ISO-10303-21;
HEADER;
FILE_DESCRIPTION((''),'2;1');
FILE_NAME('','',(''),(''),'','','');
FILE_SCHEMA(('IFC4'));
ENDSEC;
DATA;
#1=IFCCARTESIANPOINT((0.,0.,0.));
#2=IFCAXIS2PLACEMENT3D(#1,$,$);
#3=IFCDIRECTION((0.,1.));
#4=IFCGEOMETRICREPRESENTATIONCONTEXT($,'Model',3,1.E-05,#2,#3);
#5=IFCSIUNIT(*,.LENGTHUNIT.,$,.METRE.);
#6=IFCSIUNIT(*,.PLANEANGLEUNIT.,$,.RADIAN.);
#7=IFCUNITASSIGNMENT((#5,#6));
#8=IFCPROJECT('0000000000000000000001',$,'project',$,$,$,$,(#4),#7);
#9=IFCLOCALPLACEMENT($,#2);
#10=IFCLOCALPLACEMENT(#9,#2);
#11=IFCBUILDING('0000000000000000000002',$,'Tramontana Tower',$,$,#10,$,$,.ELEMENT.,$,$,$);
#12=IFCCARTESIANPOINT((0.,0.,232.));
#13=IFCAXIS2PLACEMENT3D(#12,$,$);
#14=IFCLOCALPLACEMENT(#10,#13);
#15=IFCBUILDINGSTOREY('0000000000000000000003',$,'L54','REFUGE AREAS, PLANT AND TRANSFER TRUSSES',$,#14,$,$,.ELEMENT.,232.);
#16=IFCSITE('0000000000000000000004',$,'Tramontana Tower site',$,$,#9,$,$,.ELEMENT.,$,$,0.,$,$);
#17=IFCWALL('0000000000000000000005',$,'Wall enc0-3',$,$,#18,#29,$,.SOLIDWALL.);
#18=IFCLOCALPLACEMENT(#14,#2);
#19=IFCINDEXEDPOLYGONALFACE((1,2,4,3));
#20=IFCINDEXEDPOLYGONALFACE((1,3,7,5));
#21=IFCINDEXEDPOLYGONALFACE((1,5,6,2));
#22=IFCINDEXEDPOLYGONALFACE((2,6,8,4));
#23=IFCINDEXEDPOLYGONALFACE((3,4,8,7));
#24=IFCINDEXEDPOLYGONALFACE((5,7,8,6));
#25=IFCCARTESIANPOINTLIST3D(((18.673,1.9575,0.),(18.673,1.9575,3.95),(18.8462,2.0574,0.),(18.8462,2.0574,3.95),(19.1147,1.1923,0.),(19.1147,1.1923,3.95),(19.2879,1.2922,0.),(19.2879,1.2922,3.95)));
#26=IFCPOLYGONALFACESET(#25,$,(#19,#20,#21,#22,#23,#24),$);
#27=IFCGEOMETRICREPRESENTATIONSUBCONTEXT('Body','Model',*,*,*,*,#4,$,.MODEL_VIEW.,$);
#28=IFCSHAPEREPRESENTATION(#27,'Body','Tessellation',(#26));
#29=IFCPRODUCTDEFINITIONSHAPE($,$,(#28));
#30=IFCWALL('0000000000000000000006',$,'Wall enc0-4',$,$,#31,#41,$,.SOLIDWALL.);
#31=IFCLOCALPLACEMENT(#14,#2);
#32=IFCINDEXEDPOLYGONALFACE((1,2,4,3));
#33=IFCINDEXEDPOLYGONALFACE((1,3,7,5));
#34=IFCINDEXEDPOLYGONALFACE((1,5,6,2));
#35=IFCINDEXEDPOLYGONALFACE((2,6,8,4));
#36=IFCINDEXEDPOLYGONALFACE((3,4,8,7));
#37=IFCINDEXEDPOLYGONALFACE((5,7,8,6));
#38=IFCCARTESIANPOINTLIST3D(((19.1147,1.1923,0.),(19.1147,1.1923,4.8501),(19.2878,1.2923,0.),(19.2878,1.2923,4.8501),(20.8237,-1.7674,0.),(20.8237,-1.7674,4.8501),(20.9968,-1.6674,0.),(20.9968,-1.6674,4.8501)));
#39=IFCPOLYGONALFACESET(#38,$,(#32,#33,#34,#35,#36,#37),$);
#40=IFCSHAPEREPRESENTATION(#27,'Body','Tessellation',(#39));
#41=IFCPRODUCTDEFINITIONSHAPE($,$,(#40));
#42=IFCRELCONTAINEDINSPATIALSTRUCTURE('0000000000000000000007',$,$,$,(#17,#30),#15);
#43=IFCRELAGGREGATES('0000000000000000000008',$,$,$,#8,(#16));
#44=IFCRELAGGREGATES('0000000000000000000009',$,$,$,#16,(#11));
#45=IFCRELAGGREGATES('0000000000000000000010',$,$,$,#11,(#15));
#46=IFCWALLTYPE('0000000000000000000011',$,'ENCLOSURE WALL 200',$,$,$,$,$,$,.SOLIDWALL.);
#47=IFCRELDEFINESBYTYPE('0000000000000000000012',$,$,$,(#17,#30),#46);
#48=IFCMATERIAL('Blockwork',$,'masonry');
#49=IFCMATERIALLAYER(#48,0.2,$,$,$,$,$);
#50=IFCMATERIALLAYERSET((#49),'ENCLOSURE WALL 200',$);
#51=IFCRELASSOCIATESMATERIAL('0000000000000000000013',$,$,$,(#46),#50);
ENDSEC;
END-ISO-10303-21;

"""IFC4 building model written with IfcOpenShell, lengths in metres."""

from ifc_helpers import new_model, si_unit, direction, frame, frame_2d, origin, place, context, subcontext, project, spatial, rectangle, extrude, material, layer, layer_set, type_object, element, save


model = new_model("IFC4")

# Units and contexts
model_context = context("Model", 3, precision=1e-05, world=origin(), true_north=direction((0.0, 1.0)))
body_context = subcontext(model_context, "Body", "Model", "MODEL_VIEW")
ifc_project = project(units=[si_unit("LENGTHUNIT", "METRE"), si_unit("PLANEANGLEUNIT", "RADIAN")], contexts=[model_context])

# Site, building, storey
site_placement = place(None, origin())
site = spatial("IfcSite", under=ifc_project, at=site_placement, Name="Tramontana Tower site", CompositionType="ELEMENT", RefElevation=0.0)
building_placement = place(site_placement, origin())
building = spatial("IfcBuilding", under=site, at=building_placement, Name="Tramontana Tower", CompositionType="ELEMENT")
storey_placement = place(building_placement, frame((0.0, 0.0, 232.0)))
storey = spatial("IfcBuildingStorey", under=building, at=storey_placement, Name="L54", Description="REFUGE AREAS, PLANT AND TRANSFER TRUSSES", CompositionType="ELEMENT", Elevation=232.0)

# Walls
ifc_material_1 = material(Name="Blockwork", Category="masonry")
ifc_layer = layer(ifc_material_1, 0.2)
ifc_layer_set = layer_set([ifc_layer], Name="ENCLOSURE WALL 200")
wall_type = type_object("IfcWallType", Name="ENCLOSURE WALL 200", PredefinedType="SOLIDWALL", material=ifc_layer_set)
wall_1_placement = place(storey_placement, frame((18.7595, 2.0076, 0.0), z_axis=(0.0, 0.0, 1.0), x_axis=(0.499914, -0.866075, 0.0)))
element("IfcWall", 1, at=wall_1_placement, inside=storey, type_object=wall_type, Name="Wall enc0-3", PredefinedType="SOLIDWALL", context=body_context, shape_type="SweptSolid", body=[
    extrude(rectangle(XDim=0.8835, YDim=0.2, at=frame_2d((0.4419, 0.0))), origin(), (0.0, 0.0, 1.0), 3.95),
])
wall_2_placement = place(storey_placement, frame((19.2012, 1.2424, 0.0), z_axis=(0.0, 0.0, 1.0), x_axis=(0.500042, -0.866001, 0.0)))
element("IfcWall", 2, at=wall_2_placement, inside=storey, type_object=wall_type, Name="Wall enc0-4", PredefinedType="SOLIDWALL", context=body_context, shape_type="SweptSolid", body=[
    extrude(rectangle(XDim=3.4177, YDim=0.2, at=frame_2d((1.709, 0.0))), origin(), (0.0, 0.0, 1.0), 4.8501),
])

save(model, "model.ifc")
